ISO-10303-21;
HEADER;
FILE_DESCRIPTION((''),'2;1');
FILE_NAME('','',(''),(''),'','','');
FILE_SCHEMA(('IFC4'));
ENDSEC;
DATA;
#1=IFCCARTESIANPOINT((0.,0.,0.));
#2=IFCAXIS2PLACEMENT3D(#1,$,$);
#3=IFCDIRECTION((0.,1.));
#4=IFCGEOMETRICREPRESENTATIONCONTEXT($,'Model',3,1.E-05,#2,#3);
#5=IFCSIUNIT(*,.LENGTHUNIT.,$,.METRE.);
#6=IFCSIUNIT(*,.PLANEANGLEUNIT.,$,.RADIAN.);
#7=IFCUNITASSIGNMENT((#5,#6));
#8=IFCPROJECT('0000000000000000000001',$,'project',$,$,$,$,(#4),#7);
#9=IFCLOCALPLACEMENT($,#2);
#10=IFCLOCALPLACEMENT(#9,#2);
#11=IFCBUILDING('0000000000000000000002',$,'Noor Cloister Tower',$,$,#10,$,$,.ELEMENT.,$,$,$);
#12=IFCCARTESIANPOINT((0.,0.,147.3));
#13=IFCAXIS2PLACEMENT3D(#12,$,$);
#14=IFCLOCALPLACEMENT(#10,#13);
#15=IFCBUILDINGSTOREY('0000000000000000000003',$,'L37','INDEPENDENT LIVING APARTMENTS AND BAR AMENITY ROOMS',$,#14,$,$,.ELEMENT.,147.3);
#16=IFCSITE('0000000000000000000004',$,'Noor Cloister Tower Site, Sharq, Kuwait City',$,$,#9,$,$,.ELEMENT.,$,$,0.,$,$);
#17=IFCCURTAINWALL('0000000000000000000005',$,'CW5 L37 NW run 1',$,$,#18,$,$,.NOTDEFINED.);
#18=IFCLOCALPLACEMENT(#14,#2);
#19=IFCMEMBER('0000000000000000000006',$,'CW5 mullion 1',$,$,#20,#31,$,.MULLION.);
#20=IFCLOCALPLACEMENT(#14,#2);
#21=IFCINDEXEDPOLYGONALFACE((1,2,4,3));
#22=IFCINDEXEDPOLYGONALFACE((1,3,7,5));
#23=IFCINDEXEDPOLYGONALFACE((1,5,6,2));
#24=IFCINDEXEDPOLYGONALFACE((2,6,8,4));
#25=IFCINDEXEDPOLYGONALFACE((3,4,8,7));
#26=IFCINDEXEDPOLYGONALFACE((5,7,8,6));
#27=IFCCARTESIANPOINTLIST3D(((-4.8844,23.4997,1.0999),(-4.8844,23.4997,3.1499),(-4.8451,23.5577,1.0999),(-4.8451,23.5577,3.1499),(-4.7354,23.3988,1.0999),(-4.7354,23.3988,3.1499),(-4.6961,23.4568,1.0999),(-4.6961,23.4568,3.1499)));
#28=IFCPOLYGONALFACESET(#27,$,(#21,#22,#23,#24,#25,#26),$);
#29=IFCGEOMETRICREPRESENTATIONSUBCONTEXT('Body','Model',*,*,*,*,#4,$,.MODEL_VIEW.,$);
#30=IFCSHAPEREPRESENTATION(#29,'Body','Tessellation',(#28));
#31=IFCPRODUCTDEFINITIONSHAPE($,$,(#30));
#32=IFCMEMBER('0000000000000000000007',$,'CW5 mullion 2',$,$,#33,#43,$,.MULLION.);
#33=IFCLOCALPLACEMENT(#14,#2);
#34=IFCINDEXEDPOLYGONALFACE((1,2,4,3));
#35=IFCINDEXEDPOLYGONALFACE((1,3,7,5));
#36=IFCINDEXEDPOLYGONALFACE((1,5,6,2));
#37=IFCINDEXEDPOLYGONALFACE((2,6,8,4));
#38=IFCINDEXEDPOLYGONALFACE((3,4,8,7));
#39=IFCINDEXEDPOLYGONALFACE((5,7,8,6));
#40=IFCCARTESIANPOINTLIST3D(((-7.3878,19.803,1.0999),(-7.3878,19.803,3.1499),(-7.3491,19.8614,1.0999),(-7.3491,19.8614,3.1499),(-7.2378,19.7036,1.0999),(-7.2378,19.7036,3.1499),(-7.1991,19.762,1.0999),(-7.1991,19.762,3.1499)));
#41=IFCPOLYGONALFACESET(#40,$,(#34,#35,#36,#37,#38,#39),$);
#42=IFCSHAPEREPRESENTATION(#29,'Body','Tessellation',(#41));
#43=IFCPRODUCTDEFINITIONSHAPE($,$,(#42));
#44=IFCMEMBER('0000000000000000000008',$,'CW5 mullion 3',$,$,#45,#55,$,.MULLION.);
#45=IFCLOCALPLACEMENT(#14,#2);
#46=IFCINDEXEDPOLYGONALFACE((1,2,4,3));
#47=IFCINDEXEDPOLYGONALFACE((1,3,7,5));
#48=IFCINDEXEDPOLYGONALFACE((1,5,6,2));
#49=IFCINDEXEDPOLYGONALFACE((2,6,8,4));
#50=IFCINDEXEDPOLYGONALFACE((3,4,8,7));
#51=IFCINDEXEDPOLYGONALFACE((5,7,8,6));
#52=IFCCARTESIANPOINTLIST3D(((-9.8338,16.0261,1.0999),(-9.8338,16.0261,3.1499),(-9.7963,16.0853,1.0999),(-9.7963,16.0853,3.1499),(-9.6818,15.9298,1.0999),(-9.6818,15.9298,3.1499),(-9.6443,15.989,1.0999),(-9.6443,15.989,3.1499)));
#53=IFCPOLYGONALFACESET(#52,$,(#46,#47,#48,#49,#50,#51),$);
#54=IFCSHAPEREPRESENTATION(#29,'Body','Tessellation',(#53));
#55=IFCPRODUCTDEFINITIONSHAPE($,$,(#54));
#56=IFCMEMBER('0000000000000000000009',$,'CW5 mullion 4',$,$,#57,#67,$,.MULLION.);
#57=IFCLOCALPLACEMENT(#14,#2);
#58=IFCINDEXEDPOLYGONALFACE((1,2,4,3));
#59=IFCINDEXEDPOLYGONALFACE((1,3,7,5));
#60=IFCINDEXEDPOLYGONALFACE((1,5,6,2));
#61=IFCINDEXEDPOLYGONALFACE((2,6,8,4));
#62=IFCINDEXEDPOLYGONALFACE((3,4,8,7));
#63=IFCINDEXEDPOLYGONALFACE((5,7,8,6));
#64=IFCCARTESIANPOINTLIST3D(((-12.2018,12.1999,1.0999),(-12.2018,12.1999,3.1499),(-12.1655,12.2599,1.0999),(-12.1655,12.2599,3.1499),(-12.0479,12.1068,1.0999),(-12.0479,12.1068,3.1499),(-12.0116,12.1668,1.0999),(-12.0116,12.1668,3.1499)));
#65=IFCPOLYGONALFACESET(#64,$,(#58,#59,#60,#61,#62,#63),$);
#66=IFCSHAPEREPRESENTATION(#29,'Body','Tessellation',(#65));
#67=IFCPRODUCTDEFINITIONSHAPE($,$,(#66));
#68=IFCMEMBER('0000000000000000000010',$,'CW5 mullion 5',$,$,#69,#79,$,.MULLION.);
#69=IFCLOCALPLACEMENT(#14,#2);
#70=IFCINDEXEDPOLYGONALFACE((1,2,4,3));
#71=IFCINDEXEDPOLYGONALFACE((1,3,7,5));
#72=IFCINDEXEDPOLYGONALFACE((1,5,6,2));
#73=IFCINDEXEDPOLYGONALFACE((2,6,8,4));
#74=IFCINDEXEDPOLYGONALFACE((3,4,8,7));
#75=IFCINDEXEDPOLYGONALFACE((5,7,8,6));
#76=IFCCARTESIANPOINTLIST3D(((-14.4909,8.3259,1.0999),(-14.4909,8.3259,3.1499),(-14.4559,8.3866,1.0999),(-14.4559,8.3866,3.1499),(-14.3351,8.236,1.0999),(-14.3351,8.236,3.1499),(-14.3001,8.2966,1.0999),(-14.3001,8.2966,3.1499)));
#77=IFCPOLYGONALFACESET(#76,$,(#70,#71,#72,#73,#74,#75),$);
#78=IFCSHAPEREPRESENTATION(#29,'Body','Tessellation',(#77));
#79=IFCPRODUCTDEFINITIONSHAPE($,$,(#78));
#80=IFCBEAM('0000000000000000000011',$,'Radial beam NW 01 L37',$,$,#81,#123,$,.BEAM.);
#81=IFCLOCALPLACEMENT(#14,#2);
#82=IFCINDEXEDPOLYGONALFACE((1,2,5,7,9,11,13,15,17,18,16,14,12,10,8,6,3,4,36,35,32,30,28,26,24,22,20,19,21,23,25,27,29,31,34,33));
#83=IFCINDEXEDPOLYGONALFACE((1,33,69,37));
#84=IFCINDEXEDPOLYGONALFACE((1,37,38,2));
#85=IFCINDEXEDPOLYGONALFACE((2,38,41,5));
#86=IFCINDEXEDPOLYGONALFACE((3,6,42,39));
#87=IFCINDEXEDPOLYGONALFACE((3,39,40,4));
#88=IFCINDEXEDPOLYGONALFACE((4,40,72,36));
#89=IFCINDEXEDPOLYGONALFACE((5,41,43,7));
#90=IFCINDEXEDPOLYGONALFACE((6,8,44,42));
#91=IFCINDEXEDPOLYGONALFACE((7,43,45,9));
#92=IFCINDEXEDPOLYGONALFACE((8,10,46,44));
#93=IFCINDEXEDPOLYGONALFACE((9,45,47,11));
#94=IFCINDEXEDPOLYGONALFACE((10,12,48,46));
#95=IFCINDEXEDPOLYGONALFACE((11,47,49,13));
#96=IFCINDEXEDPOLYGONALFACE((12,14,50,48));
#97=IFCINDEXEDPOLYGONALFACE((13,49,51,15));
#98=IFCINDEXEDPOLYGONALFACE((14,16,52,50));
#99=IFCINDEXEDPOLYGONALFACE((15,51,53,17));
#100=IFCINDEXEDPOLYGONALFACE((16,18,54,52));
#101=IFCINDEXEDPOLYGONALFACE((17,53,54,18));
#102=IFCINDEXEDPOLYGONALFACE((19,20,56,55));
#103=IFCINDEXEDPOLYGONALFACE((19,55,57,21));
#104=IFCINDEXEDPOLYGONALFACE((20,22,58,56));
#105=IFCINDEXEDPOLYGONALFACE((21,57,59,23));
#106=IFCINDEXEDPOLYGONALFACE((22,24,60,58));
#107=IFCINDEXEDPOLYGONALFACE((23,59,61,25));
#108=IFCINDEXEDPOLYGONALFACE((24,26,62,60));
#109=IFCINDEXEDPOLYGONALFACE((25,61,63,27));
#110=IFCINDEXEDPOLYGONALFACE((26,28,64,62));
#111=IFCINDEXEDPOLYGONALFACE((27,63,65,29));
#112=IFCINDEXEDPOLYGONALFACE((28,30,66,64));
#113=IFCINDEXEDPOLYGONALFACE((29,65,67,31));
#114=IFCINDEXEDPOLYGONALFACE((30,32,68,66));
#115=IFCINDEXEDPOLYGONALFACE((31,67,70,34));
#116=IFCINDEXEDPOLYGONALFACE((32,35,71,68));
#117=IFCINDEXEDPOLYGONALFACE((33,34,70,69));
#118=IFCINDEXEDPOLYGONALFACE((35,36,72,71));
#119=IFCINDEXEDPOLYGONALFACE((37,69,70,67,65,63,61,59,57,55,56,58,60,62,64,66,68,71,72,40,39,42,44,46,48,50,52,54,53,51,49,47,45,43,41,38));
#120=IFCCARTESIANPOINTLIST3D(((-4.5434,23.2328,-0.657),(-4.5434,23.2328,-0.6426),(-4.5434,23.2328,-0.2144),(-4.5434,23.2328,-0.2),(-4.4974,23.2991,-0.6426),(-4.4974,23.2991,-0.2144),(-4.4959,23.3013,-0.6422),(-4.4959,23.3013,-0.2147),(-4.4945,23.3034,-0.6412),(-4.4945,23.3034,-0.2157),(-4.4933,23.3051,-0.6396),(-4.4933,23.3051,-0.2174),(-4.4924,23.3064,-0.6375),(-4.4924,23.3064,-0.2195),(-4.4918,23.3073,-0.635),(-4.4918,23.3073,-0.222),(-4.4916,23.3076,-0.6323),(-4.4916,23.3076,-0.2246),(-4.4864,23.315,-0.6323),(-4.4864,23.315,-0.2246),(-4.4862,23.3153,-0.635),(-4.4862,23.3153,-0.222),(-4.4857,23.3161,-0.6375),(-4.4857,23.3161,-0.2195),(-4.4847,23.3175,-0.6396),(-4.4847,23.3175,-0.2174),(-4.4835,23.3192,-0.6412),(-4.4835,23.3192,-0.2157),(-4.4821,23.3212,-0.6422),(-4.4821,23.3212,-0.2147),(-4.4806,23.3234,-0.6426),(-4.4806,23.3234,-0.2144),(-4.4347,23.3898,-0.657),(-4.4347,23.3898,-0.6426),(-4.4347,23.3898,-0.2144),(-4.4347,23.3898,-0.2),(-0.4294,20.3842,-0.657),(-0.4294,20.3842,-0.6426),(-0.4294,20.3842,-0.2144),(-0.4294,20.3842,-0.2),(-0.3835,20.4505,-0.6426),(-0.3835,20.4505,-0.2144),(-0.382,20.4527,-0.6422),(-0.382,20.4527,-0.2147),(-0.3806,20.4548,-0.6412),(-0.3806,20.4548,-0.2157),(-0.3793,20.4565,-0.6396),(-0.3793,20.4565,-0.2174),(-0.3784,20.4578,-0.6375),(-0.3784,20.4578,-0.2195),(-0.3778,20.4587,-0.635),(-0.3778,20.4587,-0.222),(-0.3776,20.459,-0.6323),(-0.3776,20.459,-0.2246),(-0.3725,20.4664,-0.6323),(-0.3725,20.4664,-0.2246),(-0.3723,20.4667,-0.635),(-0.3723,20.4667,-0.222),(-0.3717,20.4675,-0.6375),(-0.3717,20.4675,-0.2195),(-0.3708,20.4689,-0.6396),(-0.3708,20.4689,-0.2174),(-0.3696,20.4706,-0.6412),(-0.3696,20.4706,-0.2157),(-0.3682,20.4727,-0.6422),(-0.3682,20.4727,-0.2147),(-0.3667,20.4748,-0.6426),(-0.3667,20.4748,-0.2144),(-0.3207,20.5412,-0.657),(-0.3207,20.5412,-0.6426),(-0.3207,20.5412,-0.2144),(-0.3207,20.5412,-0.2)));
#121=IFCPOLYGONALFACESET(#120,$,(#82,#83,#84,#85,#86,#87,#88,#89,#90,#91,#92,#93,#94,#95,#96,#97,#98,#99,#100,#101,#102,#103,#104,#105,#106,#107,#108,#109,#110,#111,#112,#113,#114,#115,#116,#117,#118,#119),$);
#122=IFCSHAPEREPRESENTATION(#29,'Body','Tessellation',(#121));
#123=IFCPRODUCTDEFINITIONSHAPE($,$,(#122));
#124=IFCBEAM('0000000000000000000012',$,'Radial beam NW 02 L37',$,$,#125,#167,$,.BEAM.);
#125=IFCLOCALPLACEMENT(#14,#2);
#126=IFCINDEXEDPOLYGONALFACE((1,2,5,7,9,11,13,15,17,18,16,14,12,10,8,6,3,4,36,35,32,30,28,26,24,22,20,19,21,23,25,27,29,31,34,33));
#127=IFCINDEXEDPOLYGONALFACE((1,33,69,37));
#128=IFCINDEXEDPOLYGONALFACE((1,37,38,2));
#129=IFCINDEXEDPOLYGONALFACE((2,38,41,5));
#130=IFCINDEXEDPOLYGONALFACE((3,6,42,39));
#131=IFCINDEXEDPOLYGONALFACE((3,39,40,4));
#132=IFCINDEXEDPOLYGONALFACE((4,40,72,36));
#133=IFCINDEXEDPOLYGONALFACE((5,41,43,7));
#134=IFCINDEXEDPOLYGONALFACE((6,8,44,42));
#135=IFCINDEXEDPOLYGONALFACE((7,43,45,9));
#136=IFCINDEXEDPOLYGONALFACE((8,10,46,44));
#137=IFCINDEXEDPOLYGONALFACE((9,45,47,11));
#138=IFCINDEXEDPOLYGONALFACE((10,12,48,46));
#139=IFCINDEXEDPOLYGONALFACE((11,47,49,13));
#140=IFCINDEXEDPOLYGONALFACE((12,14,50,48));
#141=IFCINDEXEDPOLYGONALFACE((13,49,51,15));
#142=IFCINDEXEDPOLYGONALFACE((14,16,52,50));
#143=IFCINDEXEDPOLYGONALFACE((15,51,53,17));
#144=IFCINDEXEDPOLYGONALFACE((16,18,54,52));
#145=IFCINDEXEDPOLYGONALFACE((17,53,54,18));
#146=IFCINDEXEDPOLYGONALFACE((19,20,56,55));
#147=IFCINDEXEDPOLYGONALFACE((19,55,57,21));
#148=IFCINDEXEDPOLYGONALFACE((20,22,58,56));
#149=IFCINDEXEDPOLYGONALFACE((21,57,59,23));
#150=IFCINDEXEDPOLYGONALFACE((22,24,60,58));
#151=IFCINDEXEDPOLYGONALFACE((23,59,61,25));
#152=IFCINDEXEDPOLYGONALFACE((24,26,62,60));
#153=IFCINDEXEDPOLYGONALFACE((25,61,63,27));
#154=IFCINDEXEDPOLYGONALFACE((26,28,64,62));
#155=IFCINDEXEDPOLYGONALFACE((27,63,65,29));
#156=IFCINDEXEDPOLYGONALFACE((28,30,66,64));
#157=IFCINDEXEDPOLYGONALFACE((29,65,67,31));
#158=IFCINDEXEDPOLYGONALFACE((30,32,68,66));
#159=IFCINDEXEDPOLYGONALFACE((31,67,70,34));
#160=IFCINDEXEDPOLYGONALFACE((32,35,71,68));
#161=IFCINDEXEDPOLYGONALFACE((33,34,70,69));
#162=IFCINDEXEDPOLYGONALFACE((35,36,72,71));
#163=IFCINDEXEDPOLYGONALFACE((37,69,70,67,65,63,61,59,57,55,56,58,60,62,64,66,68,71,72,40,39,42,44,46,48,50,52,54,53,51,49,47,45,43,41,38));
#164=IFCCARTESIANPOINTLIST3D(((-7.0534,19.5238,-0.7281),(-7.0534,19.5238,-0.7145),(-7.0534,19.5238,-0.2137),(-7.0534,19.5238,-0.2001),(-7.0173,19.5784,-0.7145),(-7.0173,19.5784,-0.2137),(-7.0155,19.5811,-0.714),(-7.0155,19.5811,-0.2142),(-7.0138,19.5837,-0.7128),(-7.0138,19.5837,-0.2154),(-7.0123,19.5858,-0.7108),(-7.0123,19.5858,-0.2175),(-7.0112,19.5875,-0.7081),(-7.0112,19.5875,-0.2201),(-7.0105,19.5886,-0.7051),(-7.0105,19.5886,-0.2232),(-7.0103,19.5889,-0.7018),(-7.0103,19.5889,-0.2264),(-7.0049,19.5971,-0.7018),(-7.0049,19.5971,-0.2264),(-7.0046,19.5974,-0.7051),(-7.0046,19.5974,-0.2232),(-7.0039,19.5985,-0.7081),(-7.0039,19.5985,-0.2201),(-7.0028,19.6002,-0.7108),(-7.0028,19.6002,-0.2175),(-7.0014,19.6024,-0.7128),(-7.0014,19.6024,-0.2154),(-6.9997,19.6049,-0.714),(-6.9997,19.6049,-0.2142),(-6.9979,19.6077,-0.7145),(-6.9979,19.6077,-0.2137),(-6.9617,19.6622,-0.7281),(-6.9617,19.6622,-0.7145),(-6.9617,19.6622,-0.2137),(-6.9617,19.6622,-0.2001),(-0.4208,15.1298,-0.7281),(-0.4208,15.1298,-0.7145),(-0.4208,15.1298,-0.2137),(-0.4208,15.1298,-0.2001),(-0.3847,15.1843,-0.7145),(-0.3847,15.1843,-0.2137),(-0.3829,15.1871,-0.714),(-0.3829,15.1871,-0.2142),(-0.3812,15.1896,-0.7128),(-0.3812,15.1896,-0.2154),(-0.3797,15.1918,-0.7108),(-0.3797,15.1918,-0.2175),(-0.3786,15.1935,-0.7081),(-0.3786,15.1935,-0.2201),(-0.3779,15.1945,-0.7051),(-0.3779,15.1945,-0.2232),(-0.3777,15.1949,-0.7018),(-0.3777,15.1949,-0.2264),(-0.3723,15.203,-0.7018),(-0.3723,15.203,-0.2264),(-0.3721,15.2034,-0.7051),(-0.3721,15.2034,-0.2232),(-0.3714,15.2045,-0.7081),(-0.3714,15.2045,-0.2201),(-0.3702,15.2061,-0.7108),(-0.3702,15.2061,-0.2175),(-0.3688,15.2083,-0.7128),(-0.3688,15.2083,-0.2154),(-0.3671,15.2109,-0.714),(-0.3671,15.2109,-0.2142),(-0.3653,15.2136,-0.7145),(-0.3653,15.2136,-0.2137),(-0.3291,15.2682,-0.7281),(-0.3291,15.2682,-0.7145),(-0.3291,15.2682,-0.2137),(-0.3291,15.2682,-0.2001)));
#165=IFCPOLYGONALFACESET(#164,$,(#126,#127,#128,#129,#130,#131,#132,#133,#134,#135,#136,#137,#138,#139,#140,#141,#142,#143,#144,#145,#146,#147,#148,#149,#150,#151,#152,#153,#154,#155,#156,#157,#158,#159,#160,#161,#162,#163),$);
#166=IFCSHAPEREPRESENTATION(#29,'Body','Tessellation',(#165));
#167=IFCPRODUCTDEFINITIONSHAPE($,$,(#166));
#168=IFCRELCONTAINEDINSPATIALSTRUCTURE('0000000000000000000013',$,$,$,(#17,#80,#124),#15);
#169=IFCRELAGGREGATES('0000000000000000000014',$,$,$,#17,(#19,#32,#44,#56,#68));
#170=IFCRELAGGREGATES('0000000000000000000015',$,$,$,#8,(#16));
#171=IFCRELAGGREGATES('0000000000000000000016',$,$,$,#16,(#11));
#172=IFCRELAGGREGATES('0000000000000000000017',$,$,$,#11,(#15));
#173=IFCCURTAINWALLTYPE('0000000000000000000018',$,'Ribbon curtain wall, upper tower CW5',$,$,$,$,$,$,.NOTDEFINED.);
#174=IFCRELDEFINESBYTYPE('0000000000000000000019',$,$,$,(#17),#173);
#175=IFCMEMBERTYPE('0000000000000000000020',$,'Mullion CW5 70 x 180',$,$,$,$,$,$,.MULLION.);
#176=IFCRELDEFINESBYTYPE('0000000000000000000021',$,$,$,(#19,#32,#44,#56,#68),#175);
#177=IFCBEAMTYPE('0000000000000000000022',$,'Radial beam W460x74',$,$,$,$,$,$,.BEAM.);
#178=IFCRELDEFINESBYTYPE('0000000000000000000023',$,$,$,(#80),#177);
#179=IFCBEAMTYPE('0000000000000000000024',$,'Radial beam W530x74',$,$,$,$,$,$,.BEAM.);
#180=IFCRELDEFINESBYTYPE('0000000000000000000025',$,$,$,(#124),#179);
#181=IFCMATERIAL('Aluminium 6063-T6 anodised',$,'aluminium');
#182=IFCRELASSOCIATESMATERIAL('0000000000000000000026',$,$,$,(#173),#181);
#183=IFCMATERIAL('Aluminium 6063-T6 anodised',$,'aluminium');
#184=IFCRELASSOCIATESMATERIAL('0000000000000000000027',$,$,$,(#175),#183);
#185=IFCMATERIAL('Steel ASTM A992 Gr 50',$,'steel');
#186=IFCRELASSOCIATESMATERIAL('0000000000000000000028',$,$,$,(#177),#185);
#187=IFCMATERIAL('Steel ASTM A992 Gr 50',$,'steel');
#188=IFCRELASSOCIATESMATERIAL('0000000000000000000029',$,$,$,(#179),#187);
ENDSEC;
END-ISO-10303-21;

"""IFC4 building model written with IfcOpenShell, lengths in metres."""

from ifc_helpers import new_model, si_unit, direction, frame, origin, origin_2d, place, context, subcontext, project, spatial, rectangle, i_section, extrude, material, material_profile, profile_set, type_object, element, aggregate, save


model = new_model("IFC4")

# Units and contexts
model_context = context("Model", 3, precision=1e-05, world=origin(), true_north=direction((0.0, 1.0)))
body_context = subcontext(model_context, "Body", "Model", "MODEL_VIEW")
ifc_project = project(units=[si_unit("LENGTHUNIT", "METRE"), si_unit("PLANEANGLEUNIT", "RADIAN")], contexts=[model_context])

# Site, building, storey
site_placement = place(None, origin())
site = spatial("IfcSite", under=ifc_project, at=site_placement, Name="Noor Cloister Tower Site, Sharq, Kuwait City", CompositionType="ELEMENT", RefElevation=0.0)
building_placement = place(site_placement, origin())
building = spatial("IfcBuilding", under=site, at=building_placement, Name="Noor Cloister Tower", CompositionType="ELEMENT")
storey_placement = place(building_placement, frame((0.0, 0.0, 147.3)))
storey = spatial("IfcBuildingStorey", under=building, at=storey_placement, Name="L37", Description="INDEPENDENT LIVING APARTMENTS AND BAR AMENITY ROOMS", CompositionType="ELEMENT", Elevation=147.3)

# Curtain wall, members
ifc_material_1 = material(Name="Aluminium 6063-T6 anodised", Category="aluminium")
curtain_wall_type = type_object("IfcCurtainWallType", Name="Ribbon curtain wall, upper tower CW5", PredefinedType="NOTDEFINED", material=ifc_material_1)
curtain_wall_placement = place(storey_placement, origin())
curtain_wall = element("IfcCurtainWall", 1, at=curtain_wall_placement, inside=storey, type_object=curtain_wall_type, Name="CW5 L37 NW run 1", PredefinedType="NOTDEFINED")
ifc_material_2 = material(Name="Aluminium 6063-T6 anodised", Category="aluminium")
ifc_material_profile_1 = material_profile(ifc_material_2, rectangle(XDim=0.1799, YDim=0.0701, at=origin_2d()), Name="180 x 70 mullion")
ifc_profile_set_1 = profile_set([ifc_material_profile_1], Name="Aluminium 6063-T6 anodised")
member_type = type_object("IfcMemberType", Name="Mullion CW5 70 x 180", PredefinedType="MULLION", material=ifc_profile_set_1)
member_1_placement = place(storey_placement, frame((-4.7903, 23.4783, 1.0999), z_axis=(0.0, 0.0, 1.0), x_axis=(0.827946, -0.560807, 0.0)))
member_1 = element("IfcMember", 2, at=member_1_placement, type_object=member_type, Name="CW5 mullion 1", PredefinedType="MULLION", context=body_context, shape_type="SweptSolid", body=[
    extrude(rectangle(XDim=0.1799, YDim=0.0701, at=origin_2d()), origin(), (0.0, 0.0, 1.0), 2.05),
])
member_2_placement = place(storey_placement, frame((-7.2935, 19.7825, 1.0999), z_axis=(0.0, 0.0, 1.0), x_axis=(0.833652, -0.55229, 0.0)))
member_2 = element("IfcMember", 3, at=member_2_placement, type_object=member_type, Name="CW5 mullion 2", PredefinedType="MULLION", context=body_context, shape_type="SweptSolid", body=[
    extrude(rectangle(XDim=0.1799, YDim=0.0701, at=origin_2d()), origin(), (0.0, 0.0, 1.0), 2.05),
])
member_3_placement = place(storey_placement, frame((-9.739, 16.0076, 1.0999), z_axis=(0.0, 0.0, 1.0), x_axis=(0.8448, -0.535083, 0.0)))
member_3 = element("IfcMember", 4, at=member_3_placement, type_object=member_type, Name="CW5 mullion 3", PredefinedType="MULLION", context=body_context, shape_type="SweptSolid", body=[
    extrude(rectangle(XDim=0.1799, YDim=0.0701, at=origin_2d()), origin(), (0.0, 0.0, 1.0), 2.05),
])
member_4_placement = place(storey_placement, frame((-12.1067, 12.1833, 1.0999), z_axis=(0.0, 0.0, 1.0), x_axis=(0.855592, -0.51765, 0.0)))
member_4 = element("IfcMember", 5, at=member_4_placement, type_object=member_type, Name="CW5 mullion 4", PredefinedType="MULLION", context=body_context, shape_type="SweptSolid", body=[
    extrude(rectangle(XDim=0.1799, YDim=0.0701, at=origin_2d()), origin(), (0.0, 0.0, 1.0), 2.05),
])
member_5_placement = place(storey_placement, frame((-14.3955, 8.3113, 1.0999), z_axis=(0.0, 0.0, 1.0), x_axis=(0.866025, -0.5, 0.0)))
member_5 = element("IfcMember", 6, at=member_5_placement, type_object=member_type, Name="CW5 mullion 5", PredefinedType="MULLION", context=body_context, shape_type="SweptSolid", body=[
    extrude(rectangle(XDim=0.1799, YDim=0.0701, at=origin_2d()), origin(), (0.0, 0.0, 1.0), 2.05),
])

# Beams
ifc_material_3 = material(Name="Steel ASTM A992 Gr 50", Category="steel")
ifc_material_profile_2 = material_profile(ifc_material_3, i_section(OverallWidth=0.1909, OverallDepth=0.457, WebThickness=0.009, FlangeThickness=0.0144, FilletRadius=0.0103, at=origin_2d()), Name="W460x74")
ifc_profile_set_2 = profile_set([ifc_material_profile_2], Name="Steel ASTM A992 Gr 50")
beam_type_1 = type_object("IfcBeamType", Name="Radial beam W460x74", PredefinedType="BEAM", material=ifc_profile_set_2)
beam_1_placement = place(storey_placement, frame((-4.489, 23.3113, -0.4285), z_axis=(0.822148, -0.569273, 0.0), x_axis=(0.569273, 0.822148, 0.0)))
element("IfcBeam", 7, at=beam_1_placement, inside=storey, type_object=beam_type_1, Name="Radial beam NW 01 L37", PredefinedType="BEAM", context=body_context, shape_type="SweptSolid", body=[
    extrude(i_section(OverallWidth=0.1909, OverallDepth=0.457, WebThickness=0.009, FlangeThickness=0.0144, FilletRadius=0.0103, at=origin_2d()), origin(), (0.0, 0.0, 1.0), 5.0039),
])
ifc_material_4 = material(Name="Steel ASTM A992 Gr 50", Category="steel")
ifc_material_profile_3 = material_profile(ifc_material_4, i_section(OverallWidth=0.166, OverallDepth=0.5281, WebThickness=0.0098, FlangeThickness=0.0137, FilletRadius=0.0127, at=origin_2d()), Name="W530x74")
ifc_profile_set_3 = profile_set([ifc_material_profile_3], Name="Steel ASTM A992 Gr 50")
beam_type_2 = type_object("IfcBeamType", Name="Radial beam W530x74", PredefinedType="BEAM", material=ifc_profile_set_3)
beam_2_placement = place(storey_placement, frame((-7.0076, 19.593, -0.4641), z_axis=(0.833652, -0.55229, 0.0), x_axis=(0.55229, 0.833652, 0.0)))
element("IfcBeam", 8, at=beam_2_placement, inside=storey, type_object=beam_type_2, Name="Radial beam NW 02 L37", PredefinedType="BEAM", context=body_context, shape_type="SweptSolid", body=[
    extrude(i_section(OverallWidth=0.166, OverallDepth=0.5281, WebThickness=0.0098, FlangeThickness=0.0137, FilletRadius=0.0127, at=origin_2d()), origin(), (0.0, 0.0, 1.0), 7.9561),
])

aggregate(curtain_wall, [member_1, member_2, member_3, member_4, member_5])

save(model, "model.ifc")
